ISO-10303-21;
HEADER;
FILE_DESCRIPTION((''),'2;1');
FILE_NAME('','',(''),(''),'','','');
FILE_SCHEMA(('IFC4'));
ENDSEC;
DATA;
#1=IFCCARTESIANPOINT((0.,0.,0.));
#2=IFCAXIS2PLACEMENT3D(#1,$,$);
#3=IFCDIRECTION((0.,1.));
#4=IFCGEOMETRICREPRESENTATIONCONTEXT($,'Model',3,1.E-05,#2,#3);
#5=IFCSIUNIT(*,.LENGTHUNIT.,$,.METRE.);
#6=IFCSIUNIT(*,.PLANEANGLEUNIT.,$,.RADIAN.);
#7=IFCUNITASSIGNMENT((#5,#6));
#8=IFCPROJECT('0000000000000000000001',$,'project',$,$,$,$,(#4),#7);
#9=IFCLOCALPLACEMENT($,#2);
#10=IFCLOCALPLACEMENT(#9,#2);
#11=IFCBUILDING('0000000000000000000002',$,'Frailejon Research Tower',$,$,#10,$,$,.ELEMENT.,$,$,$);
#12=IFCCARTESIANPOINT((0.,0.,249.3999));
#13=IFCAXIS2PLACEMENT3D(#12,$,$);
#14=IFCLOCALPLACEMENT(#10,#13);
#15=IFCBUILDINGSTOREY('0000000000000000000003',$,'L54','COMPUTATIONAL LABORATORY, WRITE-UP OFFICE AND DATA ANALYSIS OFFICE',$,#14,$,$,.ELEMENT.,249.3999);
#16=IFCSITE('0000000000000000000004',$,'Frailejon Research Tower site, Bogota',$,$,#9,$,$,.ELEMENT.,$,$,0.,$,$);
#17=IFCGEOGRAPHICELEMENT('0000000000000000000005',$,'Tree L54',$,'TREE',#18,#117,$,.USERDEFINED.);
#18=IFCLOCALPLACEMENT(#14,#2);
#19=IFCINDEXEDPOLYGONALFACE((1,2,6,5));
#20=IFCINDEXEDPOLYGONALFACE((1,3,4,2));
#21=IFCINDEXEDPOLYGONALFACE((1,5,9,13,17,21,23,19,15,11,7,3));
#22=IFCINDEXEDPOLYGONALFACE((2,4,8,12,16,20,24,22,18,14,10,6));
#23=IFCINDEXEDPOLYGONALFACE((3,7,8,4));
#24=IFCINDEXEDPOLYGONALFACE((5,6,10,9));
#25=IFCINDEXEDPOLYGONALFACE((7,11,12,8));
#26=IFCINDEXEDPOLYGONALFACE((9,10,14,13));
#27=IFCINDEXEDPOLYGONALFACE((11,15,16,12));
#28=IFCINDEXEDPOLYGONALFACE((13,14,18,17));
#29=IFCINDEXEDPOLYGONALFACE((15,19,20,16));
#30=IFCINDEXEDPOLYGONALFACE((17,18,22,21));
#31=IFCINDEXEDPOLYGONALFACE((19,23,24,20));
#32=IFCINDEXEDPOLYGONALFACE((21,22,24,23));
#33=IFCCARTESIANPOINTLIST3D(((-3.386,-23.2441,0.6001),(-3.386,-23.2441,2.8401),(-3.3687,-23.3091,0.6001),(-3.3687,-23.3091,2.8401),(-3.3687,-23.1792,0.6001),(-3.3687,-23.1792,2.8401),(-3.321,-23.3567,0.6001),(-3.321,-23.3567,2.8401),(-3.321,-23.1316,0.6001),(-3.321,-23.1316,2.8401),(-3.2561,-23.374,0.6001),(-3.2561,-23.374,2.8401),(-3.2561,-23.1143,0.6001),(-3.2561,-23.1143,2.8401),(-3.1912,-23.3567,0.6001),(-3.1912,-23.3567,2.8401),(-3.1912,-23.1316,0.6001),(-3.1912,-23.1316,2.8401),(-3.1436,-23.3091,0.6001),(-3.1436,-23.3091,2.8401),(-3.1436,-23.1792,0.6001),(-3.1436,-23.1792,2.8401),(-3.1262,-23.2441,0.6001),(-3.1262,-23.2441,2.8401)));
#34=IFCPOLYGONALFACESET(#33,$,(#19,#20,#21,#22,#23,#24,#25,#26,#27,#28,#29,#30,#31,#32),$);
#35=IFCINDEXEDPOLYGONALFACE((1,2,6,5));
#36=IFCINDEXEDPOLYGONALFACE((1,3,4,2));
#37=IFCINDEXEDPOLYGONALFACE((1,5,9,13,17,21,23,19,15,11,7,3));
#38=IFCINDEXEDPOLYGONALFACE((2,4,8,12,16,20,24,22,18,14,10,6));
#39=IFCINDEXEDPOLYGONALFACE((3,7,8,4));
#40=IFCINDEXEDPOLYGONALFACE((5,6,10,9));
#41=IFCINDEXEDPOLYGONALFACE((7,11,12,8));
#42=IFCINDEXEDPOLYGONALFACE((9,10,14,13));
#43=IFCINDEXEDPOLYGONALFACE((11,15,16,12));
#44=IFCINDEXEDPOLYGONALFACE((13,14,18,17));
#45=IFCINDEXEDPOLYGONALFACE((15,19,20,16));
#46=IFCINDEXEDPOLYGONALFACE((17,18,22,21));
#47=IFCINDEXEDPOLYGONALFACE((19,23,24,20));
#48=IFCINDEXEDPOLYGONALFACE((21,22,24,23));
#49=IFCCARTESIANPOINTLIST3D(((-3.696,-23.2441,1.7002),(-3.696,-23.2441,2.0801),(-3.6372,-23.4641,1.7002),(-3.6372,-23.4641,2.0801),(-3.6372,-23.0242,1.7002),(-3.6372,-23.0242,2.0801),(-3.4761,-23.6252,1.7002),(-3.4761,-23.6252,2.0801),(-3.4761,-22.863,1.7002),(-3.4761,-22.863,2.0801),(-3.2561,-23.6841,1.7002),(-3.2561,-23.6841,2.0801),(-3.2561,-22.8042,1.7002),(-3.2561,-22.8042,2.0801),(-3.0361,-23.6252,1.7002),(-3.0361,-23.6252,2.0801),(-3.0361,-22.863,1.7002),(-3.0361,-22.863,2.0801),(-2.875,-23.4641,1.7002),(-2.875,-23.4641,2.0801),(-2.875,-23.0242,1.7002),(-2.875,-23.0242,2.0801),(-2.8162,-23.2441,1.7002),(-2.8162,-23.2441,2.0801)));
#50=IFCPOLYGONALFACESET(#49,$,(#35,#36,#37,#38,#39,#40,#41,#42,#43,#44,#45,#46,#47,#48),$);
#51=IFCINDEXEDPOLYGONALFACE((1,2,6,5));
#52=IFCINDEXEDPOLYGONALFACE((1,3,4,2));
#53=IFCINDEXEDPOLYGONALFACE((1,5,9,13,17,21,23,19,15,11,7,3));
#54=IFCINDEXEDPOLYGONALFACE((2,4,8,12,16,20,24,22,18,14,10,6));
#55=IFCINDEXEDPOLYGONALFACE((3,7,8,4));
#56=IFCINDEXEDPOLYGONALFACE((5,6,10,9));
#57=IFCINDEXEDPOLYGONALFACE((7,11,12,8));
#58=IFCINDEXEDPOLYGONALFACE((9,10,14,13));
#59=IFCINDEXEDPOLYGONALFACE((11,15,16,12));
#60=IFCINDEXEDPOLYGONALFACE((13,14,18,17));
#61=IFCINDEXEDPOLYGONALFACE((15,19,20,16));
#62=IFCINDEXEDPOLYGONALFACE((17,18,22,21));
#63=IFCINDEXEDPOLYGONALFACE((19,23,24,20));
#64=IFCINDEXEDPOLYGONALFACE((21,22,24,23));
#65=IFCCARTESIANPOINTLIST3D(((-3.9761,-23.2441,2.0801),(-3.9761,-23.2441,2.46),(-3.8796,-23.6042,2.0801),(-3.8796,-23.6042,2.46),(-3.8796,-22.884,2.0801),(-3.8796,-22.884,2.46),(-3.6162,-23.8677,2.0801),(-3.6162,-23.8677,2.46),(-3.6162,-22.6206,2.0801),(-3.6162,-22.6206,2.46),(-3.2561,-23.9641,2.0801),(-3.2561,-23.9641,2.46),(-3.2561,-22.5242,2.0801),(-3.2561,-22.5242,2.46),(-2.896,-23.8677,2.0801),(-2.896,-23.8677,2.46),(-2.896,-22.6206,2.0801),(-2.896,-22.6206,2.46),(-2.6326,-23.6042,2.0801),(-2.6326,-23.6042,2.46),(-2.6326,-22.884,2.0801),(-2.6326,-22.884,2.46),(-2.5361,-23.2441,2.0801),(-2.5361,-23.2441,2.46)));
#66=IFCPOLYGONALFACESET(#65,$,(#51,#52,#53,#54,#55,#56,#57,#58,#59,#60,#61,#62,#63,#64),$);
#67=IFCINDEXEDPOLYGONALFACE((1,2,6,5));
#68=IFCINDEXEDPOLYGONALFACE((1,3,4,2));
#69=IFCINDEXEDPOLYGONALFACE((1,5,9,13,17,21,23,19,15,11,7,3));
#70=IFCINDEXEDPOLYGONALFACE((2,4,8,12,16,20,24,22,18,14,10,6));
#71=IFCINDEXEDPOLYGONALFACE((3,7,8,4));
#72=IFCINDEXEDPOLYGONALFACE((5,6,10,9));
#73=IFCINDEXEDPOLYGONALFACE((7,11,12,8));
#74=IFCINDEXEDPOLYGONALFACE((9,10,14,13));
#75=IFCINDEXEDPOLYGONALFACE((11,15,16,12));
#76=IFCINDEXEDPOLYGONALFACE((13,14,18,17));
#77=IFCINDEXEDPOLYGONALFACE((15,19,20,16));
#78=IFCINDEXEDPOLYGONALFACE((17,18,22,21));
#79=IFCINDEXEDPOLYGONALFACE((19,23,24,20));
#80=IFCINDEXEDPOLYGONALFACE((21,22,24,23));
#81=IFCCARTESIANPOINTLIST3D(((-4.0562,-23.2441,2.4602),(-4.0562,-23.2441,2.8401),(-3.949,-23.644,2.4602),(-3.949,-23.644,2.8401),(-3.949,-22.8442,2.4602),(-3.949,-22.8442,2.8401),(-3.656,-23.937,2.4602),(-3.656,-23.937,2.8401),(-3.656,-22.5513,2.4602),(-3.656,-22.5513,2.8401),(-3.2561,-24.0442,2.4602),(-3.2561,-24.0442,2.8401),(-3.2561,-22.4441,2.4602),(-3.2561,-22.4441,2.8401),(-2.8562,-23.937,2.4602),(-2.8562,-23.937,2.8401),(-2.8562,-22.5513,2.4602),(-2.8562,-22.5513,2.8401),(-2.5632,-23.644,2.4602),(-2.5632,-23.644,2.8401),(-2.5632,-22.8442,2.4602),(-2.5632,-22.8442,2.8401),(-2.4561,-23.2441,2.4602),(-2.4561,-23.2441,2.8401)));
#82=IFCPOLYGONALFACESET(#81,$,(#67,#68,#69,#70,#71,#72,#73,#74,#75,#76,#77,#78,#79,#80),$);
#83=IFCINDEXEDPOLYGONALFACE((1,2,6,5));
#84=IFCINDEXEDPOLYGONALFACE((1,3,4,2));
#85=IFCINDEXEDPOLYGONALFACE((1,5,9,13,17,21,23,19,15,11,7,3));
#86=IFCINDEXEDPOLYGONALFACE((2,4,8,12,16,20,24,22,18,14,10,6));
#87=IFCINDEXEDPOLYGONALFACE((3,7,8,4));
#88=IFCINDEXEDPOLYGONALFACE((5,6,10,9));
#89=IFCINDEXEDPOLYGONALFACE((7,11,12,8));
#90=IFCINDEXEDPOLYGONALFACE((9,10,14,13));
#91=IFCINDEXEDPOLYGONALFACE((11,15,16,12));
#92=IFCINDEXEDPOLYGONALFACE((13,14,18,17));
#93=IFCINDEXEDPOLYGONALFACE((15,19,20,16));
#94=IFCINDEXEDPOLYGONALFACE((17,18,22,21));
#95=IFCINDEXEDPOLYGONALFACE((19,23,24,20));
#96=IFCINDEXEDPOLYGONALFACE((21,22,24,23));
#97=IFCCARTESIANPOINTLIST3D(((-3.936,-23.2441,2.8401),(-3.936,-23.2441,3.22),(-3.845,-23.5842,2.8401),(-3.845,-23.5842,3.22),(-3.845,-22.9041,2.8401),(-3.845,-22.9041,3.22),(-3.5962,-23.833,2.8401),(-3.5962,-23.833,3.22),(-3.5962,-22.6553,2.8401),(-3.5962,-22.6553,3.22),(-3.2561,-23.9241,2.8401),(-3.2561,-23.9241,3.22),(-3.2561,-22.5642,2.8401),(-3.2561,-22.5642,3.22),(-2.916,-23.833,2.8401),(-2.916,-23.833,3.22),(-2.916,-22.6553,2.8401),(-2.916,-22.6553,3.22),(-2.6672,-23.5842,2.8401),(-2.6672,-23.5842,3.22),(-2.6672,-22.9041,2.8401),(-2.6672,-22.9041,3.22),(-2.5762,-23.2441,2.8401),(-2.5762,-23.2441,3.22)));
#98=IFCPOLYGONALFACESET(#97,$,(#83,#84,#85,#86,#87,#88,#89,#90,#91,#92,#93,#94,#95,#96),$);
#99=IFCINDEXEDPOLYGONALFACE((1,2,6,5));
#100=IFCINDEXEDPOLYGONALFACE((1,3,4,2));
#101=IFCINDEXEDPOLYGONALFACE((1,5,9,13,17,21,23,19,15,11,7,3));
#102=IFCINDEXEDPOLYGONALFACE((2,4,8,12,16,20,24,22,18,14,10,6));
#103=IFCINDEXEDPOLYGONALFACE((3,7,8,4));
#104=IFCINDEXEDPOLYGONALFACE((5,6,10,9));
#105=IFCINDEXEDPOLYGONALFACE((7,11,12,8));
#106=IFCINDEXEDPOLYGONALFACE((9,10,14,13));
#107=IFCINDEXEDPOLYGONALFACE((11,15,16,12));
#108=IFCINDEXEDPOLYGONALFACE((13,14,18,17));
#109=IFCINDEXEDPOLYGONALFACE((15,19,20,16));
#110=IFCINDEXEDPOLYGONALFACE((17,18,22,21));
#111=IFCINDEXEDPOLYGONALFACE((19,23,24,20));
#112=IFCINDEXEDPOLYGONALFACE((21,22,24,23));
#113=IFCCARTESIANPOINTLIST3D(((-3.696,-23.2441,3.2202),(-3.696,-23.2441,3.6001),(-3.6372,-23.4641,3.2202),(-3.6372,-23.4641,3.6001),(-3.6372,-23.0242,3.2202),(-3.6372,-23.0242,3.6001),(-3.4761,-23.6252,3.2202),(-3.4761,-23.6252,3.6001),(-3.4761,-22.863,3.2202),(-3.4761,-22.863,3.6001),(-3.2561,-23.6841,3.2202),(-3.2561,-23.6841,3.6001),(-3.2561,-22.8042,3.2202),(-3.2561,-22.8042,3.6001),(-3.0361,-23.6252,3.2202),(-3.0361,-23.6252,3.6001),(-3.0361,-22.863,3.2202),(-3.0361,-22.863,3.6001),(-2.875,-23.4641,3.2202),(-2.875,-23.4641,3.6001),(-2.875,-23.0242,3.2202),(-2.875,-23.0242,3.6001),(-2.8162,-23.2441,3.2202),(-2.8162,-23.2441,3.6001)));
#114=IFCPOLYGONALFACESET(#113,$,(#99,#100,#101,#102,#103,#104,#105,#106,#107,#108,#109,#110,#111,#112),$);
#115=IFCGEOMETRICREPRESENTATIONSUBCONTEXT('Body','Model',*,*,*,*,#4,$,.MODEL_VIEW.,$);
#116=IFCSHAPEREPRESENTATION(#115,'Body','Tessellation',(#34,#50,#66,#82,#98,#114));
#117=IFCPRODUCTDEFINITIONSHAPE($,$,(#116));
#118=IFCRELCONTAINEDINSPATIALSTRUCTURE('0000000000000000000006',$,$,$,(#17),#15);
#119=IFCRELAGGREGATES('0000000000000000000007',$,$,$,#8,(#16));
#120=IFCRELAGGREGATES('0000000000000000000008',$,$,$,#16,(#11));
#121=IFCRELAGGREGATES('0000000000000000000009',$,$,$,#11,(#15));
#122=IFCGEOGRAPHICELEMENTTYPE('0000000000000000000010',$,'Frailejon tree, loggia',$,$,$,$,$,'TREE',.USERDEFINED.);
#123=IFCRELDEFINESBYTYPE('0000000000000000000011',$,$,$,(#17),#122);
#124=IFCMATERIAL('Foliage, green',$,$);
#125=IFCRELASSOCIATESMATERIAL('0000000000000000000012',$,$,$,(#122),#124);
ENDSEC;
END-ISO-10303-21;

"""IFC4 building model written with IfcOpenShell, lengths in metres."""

from ifc_helpers import new_model, si_unit, direction, frame, origin, place, context, subcontext, project, spatial, polyline, outline, extrude, material, type_object, element, save


model = new_model("IFC4")

# Units and contexts
model_context = context("Model", 3, precision=1e-05, world=origin(), true_north=direction((0.0, 1.0)))
body_context = subcontext(model_context, "Body", "Model", "MODEL_VIEW")
ifc_project = project(units=[si_unit("LENGTHUNIT", "METRE"), si_unit("PLANEANGLEUNIT", "RADIAN")], contexts=[model_context])

# Site, building, storey
site_placement = place(None, origin())
site = spatial("IfcSite", under=ifc_project, at=site_placement, Name="Frailejon Research Tower site, Bogota", CompositionType="ELEMENT", RefElevation=0.0)
building_placement = place(site_placement, origin())
building = spatial("IfcBuilding", under=site, at=building_placement, Name="Frailejon Research Tower", CompositionType="ELEMENT")
storey_placement = place(building_placement, frame((0.0, 0.0, 249.3999)))
storey = spatial("IfcBuildingStorey", under=building, at=storey_placement, Name="L54", Description="COMPUTATIONAL LABORATORY, WRITE-UP OFFICE AND DATA ANALYSIS OFFICE", CompositionType="ELEMENT", Elevation=249.3999)

# Geographic element
ifc_material_1 = material(Name="Foliage, green")
geographic_element_type = type_object("IfcGeographicElementType", Name="Frailejon tree, loggia", ElementType="TREE", PredefinedType="USERDEFINED", material=ifc_material_1)
geographic_element_placement = place(storey_placement, frame((-3.2561, -23.2441, 0.6001)))
element("IfcGeographicElement", 1, at=geographic_element_placement, inside=storey, type_object=geographic_element_type, Name="Tree L54", ObjectType="TREE", PredefinedType="USERDEFINED", context=body_context, shape_type="SweptSolid", body=[
    extrude(outline(polyline([(0.1299, 0.0), (0.1125, 0.0649), (0.0649, 0.1125), (0.0, 0.1299), (-0.0649, 0.1125), (-0.1125, 0.0649), (-0.1299, 0.0), (-0.1125, -0.0649), (-0.0649, -0.1125), (0.0, -0.1299), (0.0649, -0.1125), (0.1125, -0.0649), (0.1299, 0.0)])), origin(), (0.0, 0.0, 1.0), 2.24),
    extrude(outline(polyline([(0.4399, 0.0), (0.3811, 0.22), (0.22, 0.3811), (0.0, 0.4399), (-0.22, 0.3811), (-0.3811, 0.22), (-0.4399, 0.0), (-0.3811, -0.22), (-0.22, -0.3811), (0.0, -0.4399), (0.22, -0.3811), (0.3811, -0.22), (0.4399, 0.0)])), frame((0.0, 0.0, 1.1001)), (0.0, 0.0, 1.0), 0.3799),
    extrude(outline(polyline([(0.72, 0.0), (0.6235, 0.3601), (0.3601, 0.6235), (0.0, 0.72), (-0.3601, 0.6235), (-0.6235, 0.3601), (-0.72, 0.0), (-0.6235, -0.3601), (-0.3601, -0.6235), (0.0, -0.72), (0.3601, -0.6235), (0.6235, -0.3601), (0.72, 0.0)])), frame((0.0, 0.0, 1.48)), (0.0, 0.0, 1.0), 0.3799),
    extrude(outline(polyline([(0.8, 0.0), (0.6929, 0.3999), (0.3999, 0.6929), (0.0, 0.8), (-0.3999, 0.6929), (-0.6929, 0.3999), (-0.8, 0.0), (-0.6929, -0.3999), (-0.3999, -0.6929), (0.0, -0.8), (0.3999, -0.6929), (0.6929, -0.3999), (0.8, 0.0)])), frame((0.0, 0.0, 1.8601)), (0.0, 0.0, 1.0), 0.3799),
    extrude(outline(polyline([(0.6799, 0.0), (0.5889, 0.3401), (0.3401, 0.5889), (0.0, 0.6799), (-0.3401, 0.5889), (-0.5889, 0.3401), (-0.6799, 0.0), (-0.5889, -0.3401), (-0.3401, -0.5889), (0.0, -0.6799), (0.3401, -0.5889), (0.5889, -0.3401), (0.6799, 0.0)])), frame((0.0, 0.0, 2.24)), (0.0, 0.0, 1.0), 0.3799),
    extrude(outline(polyline([(0.4399, 0.0), (0.3811, 0.22), (0.22, 0.3811), (0.0, 0.4399), (-0.22, 0.3811), (-0.3811, 0.22), (-0.4399, 0.0), (-0.3811, -0.22), (-0.22, -0.3811), (0.0, -0.4399), (0.22, -0.3811), (0.3811, -0.22), (0.4399, 0.0)])), frame((0.0, 0.0, 2.6201)), (0.0, 0.0, 1.0), 0.3799),
])

save(model, "model.ifc")
